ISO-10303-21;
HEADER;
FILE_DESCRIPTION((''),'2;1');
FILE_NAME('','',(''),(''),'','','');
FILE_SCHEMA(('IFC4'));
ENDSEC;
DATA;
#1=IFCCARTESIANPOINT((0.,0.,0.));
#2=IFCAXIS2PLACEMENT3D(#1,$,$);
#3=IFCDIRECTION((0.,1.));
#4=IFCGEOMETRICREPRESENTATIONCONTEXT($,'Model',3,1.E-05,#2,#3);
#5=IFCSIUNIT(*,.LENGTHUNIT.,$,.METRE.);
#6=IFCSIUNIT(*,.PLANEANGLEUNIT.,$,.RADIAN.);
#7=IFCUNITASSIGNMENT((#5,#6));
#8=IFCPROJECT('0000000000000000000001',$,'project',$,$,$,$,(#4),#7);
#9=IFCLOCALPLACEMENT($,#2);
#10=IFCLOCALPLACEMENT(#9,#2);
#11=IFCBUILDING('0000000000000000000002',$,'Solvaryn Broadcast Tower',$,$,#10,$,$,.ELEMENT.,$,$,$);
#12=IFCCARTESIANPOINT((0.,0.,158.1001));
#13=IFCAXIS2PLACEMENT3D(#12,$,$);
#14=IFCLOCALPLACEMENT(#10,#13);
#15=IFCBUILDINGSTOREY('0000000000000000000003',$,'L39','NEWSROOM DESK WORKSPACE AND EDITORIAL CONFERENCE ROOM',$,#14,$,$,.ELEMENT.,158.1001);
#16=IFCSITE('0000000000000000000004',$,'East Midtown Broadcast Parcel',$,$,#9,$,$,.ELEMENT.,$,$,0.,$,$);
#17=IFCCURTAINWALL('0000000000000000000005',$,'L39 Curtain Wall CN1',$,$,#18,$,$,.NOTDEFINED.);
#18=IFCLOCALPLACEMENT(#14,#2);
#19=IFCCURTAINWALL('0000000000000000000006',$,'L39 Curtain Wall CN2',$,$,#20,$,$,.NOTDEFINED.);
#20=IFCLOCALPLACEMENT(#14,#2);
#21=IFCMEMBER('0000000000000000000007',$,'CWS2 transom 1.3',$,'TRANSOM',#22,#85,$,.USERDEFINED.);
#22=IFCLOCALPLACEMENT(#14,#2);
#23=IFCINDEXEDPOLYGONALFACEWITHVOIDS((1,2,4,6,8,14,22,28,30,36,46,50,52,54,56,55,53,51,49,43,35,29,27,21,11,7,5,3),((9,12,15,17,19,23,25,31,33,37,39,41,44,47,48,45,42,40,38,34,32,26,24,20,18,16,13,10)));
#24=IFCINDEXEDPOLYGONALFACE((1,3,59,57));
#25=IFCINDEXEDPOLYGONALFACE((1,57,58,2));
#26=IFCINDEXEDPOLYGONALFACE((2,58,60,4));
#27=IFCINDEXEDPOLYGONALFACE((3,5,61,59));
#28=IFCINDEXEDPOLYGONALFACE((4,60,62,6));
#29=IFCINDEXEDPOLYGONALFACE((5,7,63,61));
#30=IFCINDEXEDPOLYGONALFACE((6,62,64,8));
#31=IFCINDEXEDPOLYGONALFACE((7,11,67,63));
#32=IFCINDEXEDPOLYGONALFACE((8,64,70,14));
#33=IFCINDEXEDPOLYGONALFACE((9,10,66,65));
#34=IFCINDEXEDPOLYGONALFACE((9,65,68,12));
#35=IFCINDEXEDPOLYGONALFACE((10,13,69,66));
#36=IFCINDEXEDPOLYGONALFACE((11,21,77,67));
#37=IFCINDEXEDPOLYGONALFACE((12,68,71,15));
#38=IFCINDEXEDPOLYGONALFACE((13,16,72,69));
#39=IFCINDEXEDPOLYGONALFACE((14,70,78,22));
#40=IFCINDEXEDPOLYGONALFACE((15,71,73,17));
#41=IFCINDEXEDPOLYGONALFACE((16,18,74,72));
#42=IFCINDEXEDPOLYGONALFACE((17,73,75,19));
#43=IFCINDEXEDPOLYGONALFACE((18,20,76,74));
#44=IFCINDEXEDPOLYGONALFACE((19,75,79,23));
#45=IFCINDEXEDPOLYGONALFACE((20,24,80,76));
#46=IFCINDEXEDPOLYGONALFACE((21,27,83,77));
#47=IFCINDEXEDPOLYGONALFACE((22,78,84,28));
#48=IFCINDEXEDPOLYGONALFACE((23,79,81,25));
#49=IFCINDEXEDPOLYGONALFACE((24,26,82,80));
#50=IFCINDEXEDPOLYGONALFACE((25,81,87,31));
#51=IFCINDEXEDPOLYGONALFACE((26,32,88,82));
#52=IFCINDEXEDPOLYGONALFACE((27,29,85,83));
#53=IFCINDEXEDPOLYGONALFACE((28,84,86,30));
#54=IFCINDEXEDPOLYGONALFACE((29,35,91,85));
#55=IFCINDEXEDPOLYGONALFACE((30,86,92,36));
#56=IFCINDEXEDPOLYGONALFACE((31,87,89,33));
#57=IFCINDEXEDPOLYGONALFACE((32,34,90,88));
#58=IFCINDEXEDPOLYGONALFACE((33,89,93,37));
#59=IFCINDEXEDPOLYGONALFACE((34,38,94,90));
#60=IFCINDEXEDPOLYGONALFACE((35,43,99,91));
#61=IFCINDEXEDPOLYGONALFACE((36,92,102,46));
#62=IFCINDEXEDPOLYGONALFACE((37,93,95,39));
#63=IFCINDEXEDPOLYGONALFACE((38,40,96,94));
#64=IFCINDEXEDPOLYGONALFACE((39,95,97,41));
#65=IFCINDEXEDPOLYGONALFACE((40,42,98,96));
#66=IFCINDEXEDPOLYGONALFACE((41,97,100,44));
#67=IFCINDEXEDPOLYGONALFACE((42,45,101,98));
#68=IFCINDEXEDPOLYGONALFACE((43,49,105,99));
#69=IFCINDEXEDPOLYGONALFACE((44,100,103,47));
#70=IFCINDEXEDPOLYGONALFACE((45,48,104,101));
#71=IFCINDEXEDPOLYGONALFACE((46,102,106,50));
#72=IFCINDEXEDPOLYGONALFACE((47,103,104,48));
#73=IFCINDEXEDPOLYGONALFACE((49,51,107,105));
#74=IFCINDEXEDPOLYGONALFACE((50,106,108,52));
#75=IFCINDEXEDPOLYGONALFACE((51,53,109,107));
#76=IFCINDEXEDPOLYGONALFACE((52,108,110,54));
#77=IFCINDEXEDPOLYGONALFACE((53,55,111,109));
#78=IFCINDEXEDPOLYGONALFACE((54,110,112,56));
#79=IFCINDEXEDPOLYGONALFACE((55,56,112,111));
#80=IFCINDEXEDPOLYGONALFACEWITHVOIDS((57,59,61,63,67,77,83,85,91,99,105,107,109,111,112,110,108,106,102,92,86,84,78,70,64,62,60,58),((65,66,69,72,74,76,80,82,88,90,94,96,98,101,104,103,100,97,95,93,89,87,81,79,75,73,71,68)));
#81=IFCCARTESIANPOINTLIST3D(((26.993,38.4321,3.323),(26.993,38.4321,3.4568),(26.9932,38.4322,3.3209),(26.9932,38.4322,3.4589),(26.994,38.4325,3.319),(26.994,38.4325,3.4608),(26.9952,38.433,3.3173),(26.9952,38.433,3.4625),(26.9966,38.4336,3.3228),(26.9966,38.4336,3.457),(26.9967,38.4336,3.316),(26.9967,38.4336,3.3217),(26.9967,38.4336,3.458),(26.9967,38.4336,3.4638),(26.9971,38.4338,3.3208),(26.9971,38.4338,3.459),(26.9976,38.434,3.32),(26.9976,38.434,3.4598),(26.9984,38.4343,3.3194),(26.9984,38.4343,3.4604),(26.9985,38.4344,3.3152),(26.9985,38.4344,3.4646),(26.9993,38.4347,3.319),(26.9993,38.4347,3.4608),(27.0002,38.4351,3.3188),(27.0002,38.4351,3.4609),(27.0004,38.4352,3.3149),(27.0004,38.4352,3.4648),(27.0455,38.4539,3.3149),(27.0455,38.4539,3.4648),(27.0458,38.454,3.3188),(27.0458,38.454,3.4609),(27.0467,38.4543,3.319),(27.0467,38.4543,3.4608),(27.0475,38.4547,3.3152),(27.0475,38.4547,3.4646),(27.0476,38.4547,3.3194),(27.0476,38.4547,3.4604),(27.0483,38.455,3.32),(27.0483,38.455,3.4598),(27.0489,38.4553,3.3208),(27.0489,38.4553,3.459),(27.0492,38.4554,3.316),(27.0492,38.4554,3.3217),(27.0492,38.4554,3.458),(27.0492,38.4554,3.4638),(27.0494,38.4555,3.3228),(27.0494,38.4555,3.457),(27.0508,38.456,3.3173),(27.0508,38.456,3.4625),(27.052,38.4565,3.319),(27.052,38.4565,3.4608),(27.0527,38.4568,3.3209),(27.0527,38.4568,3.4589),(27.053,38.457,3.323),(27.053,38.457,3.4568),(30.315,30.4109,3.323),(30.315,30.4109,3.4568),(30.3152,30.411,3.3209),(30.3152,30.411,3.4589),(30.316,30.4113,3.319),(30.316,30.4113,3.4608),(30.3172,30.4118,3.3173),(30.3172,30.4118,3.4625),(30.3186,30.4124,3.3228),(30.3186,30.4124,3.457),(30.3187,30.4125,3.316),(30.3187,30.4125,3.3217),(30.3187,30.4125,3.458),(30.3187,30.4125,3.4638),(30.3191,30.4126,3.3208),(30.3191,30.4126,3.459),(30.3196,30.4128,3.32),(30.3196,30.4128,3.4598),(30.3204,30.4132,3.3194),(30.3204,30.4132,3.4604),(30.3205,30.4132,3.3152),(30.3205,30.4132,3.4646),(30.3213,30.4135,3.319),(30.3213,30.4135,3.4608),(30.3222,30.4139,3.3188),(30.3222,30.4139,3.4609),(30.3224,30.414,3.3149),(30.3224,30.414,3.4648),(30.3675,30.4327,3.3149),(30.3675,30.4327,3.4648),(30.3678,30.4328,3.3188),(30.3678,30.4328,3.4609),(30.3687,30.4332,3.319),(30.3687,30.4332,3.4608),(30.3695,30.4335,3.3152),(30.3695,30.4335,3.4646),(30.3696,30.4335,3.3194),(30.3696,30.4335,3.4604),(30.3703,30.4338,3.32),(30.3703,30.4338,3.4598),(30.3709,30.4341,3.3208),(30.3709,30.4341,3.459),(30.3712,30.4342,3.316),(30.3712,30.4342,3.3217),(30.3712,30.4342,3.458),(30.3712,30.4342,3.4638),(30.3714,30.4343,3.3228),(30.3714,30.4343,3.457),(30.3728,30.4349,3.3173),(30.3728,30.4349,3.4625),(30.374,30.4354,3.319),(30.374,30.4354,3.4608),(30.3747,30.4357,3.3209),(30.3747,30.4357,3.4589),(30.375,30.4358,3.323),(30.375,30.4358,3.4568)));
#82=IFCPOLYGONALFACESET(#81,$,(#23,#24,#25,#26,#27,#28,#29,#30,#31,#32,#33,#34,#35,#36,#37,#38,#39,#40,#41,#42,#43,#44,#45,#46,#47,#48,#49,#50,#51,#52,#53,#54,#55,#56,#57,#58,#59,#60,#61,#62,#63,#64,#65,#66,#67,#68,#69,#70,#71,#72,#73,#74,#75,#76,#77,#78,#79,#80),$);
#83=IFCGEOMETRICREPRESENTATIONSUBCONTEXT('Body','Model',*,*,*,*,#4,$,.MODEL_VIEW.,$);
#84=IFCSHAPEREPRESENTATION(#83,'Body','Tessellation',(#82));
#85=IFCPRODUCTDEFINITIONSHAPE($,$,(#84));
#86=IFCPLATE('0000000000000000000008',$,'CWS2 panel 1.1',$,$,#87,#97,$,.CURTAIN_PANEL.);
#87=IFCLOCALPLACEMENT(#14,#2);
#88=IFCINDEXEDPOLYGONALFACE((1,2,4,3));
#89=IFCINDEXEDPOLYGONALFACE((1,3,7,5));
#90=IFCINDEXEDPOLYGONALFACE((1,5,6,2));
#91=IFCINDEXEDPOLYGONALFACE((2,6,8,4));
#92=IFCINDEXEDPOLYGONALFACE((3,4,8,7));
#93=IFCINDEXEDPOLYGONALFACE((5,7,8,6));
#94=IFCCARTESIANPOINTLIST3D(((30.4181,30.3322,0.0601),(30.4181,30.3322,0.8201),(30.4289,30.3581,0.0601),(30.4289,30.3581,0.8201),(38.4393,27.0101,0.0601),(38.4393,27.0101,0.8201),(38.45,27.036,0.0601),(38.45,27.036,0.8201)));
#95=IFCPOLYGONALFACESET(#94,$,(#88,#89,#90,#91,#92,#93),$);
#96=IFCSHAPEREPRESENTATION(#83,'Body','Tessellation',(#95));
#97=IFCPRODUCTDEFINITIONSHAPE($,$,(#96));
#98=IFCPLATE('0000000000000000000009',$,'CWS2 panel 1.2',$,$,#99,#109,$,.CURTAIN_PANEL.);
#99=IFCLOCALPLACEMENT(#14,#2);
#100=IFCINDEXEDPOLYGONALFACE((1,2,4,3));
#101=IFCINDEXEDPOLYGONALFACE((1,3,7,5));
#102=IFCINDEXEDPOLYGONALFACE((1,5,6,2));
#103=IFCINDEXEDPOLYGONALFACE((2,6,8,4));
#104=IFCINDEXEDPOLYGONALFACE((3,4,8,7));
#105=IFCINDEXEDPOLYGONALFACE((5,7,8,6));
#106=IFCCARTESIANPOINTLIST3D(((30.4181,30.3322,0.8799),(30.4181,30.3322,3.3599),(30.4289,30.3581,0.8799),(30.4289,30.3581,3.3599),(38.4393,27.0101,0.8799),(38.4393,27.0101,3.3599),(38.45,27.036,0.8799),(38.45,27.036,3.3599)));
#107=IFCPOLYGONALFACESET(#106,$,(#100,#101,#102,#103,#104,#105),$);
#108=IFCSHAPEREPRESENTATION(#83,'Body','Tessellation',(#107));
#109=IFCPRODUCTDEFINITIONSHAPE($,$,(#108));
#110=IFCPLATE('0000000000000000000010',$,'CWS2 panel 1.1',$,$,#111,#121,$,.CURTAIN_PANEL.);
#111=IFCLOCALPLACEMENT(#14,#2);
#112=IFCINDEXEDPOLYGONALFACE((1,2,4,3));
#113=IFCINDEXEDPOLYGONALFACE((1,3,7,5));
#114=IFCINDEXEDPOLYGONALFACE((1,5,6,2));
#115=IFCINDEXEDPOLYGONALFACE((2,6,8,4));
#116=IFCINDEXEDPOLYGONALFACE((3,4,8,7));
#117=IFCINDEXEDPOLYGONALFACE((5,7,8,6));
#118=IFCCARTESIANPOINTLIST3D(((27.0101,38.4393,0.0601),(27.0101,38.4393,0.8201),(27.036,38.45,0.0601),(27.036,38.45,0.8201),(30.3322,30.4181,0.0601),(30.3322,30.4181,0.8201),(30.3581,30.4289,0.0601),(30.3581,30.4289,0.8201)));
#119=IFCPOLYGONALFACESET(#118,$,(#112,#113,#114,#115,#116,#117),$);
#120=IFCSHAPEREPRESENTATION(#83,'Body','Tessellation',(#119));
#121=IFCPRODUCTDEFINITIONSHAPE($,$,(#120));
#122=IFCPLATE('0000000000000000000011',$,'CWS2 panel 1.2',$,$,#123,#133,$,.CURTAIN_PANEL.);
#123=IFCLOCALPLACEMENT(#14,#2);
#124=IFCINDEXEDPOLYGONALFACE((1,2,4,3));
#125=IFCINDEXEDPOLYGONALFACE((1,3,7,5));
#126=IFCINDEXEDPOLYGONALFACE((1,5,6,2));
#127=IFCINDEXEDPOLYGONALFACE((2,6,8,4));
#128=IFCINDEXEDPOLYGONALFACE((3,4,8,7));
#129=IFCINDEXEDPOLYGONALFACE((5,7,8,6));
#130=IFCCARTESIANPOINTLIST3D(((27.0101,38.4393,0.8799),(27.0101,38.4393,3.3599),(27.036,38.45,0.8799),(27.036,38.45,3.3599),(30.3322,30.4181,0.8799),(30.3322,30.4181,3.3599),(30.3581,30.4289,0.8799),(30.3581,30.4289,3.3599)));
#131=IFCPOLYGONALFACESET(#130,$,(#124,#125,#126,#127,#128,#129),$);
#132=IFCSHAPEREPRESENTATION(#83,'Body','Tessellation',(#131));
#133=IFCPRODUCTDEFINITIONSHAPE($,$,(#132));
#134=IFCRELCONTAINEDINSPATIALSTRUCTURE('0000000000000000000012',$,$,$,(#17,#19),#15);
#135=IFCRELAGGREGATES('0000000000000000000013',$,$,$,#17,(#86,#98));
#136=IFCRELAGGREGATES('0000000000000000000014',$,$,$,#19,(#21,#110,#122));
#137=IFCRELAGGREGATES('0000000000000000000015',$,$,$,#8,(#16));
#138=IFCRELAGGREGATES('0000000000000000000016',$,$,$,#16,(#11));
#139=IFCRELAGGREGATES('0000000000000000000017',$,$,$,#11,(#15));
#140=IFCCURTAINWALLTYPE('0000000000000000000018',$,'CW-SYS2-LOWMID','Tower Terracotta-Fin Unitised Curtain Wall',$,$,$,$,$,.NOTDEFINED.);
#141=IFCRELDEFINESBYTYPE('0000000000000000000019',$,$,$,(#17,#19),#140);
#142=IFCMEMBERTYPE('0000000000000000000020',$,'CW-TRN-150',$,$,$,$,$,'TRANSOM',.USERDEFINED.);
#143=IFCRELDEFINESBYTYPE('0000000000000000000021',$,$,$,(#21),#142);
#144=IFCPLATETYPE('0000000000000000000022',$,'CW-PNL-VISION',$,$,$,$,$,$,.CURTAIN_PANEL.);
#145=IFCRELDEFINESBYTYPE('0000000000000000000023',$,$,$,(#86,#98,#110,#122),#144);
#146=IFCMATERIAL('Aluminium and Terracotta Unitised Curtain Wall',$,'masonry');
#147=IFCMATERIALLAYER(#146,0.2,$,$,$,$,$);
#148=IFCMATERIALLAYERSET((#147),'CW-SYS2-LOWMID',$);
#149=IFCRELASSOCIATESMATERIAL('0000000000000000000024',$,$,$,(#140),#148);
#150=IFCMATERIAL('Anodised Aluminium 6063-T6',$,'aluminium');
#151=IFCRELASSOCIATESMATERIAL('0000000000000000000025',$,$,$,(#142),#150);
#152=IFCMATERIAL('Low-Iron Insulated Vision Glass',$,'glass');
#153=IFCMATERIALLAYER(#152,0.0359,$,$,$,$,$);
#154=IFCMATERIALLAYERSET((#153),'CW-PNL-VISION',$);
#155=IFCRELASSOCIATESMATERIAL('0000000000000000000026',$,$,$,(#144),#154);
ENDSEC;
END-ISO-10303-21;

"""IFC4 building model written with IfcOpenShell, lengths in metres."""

from ifc_helpers import new_model, si_unit, direction, frame, origin, origin_2d, place, context, subcontext, project, spatial, rectangle, hollow_rectangle, extrude, material, layer, layer_set, material_profile, profile_set, type_object, element, aggregate, save


model = new_model("IFC4")

# Units and contexts
model_context = context("Model", 3, precision=1e-05, world=origin(), true_north=direction((0.0, 1.0)))
body_context = subcontext(model_context, "Body", "Model", "MODEL_VIEW")
ifc_project = project(units=[si_unit("LENGTHUNIT", "METRE"), si_unit("PLANEANGLEUNIT", "RADIAN")], contexts=[model_context])

# Site, building, storey
site_placement = place(None, origin())
site = spatial("IfcSite", under=ifc_project, at=site_placement, Name="East Midtown Broadcast Parcel", CompositionType="ELEMENT", RefElevation=0.0)
building_placement = place(site_placement, origin())
building = spatial("IfcBuilding", under=site, at=building_placement, Name="Solvaryn Broadcast Tower", CompositionType="ELEMENT")
storey_placement = place(building_placement, frame((0.0, 0.0, 158.1001)))
storey = spatial("IfcBuildingStorey", under=building, at=storey_placement, Name="L39", Description="NEWSROOM DESK WORKSPACE AND EDITORIAL CONFERENCE ROOM", CompositionType="ELEMENT", Elevation=158.1001)

# Curtain wall
ifc_material_1 = material(Name="Aluminium and Terracotta Unitised Curtain Wall", Category="masonry")
ifc_layer_1 = layer(ifc_material_1, 0.2)
ifc_layer_set_1 = layer_set([ifc_layer_1], Name="CW-SYS2-LOWMID")
curtain_wall_type = type_object("IfcCurtainWallType", Name="CW-SYS2-LOWMID", Description="Tower Terracotta-Fin Unitised Curtain Wall", PredefinedType="NOTDEFINED", material=ifc_layer_set_1)
curtain_wall_1_placement = place(storey_placement, origin())
curtain_wall_1 = element("IfcCurtainWall", 1, at=curtain_wall_1_placement, inside=storey, type_object=curtain_wall_type, Name="L39 Curtain Wall CN1", PredefinedType="NOTDEFINED")

# Curtain wall, member
curtain_wall_2_placement = place(storey_placement, origin())
curtain_wall_2 = element("IfcCurtainWall", 2, at=curtain_wall_2_placement, inside=storey, type_object=curtain_wall_type, Name="L39 Curtain Wall CN2", PredefinedType="NOTDEFINED")
ifc_material_2 = material(Name="Anodised Aluminium 6063-T6", Category="aluminium")
ifc_material_profile_1 = material_profile(ifc_material_2, hollow_rectangle(XDim=0.0649, YDim=0.1499, WallThickness=0.0039, InnerFilletRadius=0.0039, OuterFilletRadius=0.0081, at=origin_2d()))
ifc_profile_set_1 = profile_set([ifc_material_profile_1], Name="Anodised Aluminium 6063-T6")
member_type_1 = type_object("IfcMemberType", Name="CW-TRN-150", ElementType="TRANSOM", PredefinedType="USERDEFINED", material=ifc_profile_set_1)
member_1_placement = place(storey_placement, frame((30.345, 30.4233, 3.3899), z_axis=(-0.382636, 0.923899, 0.0), x_axis=(-0.923899, -0.382636, 0.0)))
member_1 = element("IfcMember", 3, at=member_1_placement, type_object=member_type_1, Name="CWS2 transom 1.3", ObjectType="TRANSOM", PredefinedType="USERDEFINED", context=body_context, shape_type="SweptSolid", body=[
    extrude(hollow_rectangle(XDim=0.0649, YDim=0.1499, WallThickness=0.0039, InnerFilletRadius=0.0039, OuterFilletRadius=0.0081, at=origin_2d()), origin(), (0.0, 0.0, 1.0), 8.6819),
])

# Plates
ifc_material_3 = material(Name="Low-Iron Insulated Vision Glass", Category="glass")
ifc_layer_2 = layer(ifc_material_3, 0.0359)
ifc_layer_set_2 = layer_set([ifc_layer_2], Name="CW-PNL-VISION")
plate_type = type_object("IfcPlateType", Name="CW-PNL-VISION", PredefinedType="CURTAIN_PANEL", material=ifc_layer_set_2)
plate_1_placement = place(storey_placement, frame((34.4341, 28.6841, 0.0601), z_axis=(0.0, 0.0, 1.0), x_axis=(-0.923895, 0.382646, 0.0)))
plate_1 = element("IfcPlate", 4, at=plate_1_placement, type_object=plate_type, Name="CWS2 panel 1.1", PredefinedType="CURTAIN_PANEL", context=body_context, shape_type="SweptSolid", body=[
    extrude(rectangle(XDim=8.6819, YDim=0.0281, at=origin_2d()), origin(), (0.0, 0.0, 1.0), 0.76),
])
plate_2_placement = place(storey_placement, frame((34.4341, 28.6841, 0.8799), z_axis=(0.0, 0.0, 1.0), x_axis=(-0.923895, 0.382646, 0.0)))
plate_2 = element("IfcPlate", 5, at=plate_2_placement, type_object=plate_type, Name="CWS2 panel 1.2", PredefinedType="CURTAIN_PANEL", context=body_context, shape_type="SweptSolid", body=[
    extrude(rectangle(XDim=8.6819, YDim=0.0281, at=origin_2d()), origin(), (0.0, 0.0, 1.0), 2.48),
])
aggregate(curtain_wall_1, [plate_1, plate_2])
plate_3_placement = place(storey_placement, frame((28.6841, 34.4341, 0.0601), z_axis=(0.0, 0.0, 1.0), x_axis=(-0.382646, 0.923895, 0.0)))
plate_3 = element("IfcPlate", 6, at=plate_3_placement, type_object=plate_type, Name="CWS2 panel 1.1", PredefinedType="CURTAIN_PANEL", context=body_context, shape_type="SweptSolid", body=[
    extrude(rectangle(XDim=8.6819, YDim=0.0281, at=origin_2d()), origin(), (0.0, 0.0, 1.0), 0.76),
])
plate_4_placement = place(storey_placement, frame((28.6841, 34.4341, 0.8799), z_axis=(0.0, 0.0, 1.0), x_axis=(-0.382646, 0.923895, 0.0)))
plate_4 = element("IfcPlate", 7, at=plate_4_placement, type_object=plate_type, Name="CWS2 panel 1.2", PredefinedType="CURTAIN_PANEL", context=body_context, shape_type="SweptSolid", body=[
    extrude(rectangle(XDim=8.6819, YDim=0.0281, at=origin_2d()), origin(), (0.0, 0.0, 1.0), 2.48),
])
aggregate(curtain_wall_2, [member_1, plate_3, plate_4])

save(model, "model.ifc")
